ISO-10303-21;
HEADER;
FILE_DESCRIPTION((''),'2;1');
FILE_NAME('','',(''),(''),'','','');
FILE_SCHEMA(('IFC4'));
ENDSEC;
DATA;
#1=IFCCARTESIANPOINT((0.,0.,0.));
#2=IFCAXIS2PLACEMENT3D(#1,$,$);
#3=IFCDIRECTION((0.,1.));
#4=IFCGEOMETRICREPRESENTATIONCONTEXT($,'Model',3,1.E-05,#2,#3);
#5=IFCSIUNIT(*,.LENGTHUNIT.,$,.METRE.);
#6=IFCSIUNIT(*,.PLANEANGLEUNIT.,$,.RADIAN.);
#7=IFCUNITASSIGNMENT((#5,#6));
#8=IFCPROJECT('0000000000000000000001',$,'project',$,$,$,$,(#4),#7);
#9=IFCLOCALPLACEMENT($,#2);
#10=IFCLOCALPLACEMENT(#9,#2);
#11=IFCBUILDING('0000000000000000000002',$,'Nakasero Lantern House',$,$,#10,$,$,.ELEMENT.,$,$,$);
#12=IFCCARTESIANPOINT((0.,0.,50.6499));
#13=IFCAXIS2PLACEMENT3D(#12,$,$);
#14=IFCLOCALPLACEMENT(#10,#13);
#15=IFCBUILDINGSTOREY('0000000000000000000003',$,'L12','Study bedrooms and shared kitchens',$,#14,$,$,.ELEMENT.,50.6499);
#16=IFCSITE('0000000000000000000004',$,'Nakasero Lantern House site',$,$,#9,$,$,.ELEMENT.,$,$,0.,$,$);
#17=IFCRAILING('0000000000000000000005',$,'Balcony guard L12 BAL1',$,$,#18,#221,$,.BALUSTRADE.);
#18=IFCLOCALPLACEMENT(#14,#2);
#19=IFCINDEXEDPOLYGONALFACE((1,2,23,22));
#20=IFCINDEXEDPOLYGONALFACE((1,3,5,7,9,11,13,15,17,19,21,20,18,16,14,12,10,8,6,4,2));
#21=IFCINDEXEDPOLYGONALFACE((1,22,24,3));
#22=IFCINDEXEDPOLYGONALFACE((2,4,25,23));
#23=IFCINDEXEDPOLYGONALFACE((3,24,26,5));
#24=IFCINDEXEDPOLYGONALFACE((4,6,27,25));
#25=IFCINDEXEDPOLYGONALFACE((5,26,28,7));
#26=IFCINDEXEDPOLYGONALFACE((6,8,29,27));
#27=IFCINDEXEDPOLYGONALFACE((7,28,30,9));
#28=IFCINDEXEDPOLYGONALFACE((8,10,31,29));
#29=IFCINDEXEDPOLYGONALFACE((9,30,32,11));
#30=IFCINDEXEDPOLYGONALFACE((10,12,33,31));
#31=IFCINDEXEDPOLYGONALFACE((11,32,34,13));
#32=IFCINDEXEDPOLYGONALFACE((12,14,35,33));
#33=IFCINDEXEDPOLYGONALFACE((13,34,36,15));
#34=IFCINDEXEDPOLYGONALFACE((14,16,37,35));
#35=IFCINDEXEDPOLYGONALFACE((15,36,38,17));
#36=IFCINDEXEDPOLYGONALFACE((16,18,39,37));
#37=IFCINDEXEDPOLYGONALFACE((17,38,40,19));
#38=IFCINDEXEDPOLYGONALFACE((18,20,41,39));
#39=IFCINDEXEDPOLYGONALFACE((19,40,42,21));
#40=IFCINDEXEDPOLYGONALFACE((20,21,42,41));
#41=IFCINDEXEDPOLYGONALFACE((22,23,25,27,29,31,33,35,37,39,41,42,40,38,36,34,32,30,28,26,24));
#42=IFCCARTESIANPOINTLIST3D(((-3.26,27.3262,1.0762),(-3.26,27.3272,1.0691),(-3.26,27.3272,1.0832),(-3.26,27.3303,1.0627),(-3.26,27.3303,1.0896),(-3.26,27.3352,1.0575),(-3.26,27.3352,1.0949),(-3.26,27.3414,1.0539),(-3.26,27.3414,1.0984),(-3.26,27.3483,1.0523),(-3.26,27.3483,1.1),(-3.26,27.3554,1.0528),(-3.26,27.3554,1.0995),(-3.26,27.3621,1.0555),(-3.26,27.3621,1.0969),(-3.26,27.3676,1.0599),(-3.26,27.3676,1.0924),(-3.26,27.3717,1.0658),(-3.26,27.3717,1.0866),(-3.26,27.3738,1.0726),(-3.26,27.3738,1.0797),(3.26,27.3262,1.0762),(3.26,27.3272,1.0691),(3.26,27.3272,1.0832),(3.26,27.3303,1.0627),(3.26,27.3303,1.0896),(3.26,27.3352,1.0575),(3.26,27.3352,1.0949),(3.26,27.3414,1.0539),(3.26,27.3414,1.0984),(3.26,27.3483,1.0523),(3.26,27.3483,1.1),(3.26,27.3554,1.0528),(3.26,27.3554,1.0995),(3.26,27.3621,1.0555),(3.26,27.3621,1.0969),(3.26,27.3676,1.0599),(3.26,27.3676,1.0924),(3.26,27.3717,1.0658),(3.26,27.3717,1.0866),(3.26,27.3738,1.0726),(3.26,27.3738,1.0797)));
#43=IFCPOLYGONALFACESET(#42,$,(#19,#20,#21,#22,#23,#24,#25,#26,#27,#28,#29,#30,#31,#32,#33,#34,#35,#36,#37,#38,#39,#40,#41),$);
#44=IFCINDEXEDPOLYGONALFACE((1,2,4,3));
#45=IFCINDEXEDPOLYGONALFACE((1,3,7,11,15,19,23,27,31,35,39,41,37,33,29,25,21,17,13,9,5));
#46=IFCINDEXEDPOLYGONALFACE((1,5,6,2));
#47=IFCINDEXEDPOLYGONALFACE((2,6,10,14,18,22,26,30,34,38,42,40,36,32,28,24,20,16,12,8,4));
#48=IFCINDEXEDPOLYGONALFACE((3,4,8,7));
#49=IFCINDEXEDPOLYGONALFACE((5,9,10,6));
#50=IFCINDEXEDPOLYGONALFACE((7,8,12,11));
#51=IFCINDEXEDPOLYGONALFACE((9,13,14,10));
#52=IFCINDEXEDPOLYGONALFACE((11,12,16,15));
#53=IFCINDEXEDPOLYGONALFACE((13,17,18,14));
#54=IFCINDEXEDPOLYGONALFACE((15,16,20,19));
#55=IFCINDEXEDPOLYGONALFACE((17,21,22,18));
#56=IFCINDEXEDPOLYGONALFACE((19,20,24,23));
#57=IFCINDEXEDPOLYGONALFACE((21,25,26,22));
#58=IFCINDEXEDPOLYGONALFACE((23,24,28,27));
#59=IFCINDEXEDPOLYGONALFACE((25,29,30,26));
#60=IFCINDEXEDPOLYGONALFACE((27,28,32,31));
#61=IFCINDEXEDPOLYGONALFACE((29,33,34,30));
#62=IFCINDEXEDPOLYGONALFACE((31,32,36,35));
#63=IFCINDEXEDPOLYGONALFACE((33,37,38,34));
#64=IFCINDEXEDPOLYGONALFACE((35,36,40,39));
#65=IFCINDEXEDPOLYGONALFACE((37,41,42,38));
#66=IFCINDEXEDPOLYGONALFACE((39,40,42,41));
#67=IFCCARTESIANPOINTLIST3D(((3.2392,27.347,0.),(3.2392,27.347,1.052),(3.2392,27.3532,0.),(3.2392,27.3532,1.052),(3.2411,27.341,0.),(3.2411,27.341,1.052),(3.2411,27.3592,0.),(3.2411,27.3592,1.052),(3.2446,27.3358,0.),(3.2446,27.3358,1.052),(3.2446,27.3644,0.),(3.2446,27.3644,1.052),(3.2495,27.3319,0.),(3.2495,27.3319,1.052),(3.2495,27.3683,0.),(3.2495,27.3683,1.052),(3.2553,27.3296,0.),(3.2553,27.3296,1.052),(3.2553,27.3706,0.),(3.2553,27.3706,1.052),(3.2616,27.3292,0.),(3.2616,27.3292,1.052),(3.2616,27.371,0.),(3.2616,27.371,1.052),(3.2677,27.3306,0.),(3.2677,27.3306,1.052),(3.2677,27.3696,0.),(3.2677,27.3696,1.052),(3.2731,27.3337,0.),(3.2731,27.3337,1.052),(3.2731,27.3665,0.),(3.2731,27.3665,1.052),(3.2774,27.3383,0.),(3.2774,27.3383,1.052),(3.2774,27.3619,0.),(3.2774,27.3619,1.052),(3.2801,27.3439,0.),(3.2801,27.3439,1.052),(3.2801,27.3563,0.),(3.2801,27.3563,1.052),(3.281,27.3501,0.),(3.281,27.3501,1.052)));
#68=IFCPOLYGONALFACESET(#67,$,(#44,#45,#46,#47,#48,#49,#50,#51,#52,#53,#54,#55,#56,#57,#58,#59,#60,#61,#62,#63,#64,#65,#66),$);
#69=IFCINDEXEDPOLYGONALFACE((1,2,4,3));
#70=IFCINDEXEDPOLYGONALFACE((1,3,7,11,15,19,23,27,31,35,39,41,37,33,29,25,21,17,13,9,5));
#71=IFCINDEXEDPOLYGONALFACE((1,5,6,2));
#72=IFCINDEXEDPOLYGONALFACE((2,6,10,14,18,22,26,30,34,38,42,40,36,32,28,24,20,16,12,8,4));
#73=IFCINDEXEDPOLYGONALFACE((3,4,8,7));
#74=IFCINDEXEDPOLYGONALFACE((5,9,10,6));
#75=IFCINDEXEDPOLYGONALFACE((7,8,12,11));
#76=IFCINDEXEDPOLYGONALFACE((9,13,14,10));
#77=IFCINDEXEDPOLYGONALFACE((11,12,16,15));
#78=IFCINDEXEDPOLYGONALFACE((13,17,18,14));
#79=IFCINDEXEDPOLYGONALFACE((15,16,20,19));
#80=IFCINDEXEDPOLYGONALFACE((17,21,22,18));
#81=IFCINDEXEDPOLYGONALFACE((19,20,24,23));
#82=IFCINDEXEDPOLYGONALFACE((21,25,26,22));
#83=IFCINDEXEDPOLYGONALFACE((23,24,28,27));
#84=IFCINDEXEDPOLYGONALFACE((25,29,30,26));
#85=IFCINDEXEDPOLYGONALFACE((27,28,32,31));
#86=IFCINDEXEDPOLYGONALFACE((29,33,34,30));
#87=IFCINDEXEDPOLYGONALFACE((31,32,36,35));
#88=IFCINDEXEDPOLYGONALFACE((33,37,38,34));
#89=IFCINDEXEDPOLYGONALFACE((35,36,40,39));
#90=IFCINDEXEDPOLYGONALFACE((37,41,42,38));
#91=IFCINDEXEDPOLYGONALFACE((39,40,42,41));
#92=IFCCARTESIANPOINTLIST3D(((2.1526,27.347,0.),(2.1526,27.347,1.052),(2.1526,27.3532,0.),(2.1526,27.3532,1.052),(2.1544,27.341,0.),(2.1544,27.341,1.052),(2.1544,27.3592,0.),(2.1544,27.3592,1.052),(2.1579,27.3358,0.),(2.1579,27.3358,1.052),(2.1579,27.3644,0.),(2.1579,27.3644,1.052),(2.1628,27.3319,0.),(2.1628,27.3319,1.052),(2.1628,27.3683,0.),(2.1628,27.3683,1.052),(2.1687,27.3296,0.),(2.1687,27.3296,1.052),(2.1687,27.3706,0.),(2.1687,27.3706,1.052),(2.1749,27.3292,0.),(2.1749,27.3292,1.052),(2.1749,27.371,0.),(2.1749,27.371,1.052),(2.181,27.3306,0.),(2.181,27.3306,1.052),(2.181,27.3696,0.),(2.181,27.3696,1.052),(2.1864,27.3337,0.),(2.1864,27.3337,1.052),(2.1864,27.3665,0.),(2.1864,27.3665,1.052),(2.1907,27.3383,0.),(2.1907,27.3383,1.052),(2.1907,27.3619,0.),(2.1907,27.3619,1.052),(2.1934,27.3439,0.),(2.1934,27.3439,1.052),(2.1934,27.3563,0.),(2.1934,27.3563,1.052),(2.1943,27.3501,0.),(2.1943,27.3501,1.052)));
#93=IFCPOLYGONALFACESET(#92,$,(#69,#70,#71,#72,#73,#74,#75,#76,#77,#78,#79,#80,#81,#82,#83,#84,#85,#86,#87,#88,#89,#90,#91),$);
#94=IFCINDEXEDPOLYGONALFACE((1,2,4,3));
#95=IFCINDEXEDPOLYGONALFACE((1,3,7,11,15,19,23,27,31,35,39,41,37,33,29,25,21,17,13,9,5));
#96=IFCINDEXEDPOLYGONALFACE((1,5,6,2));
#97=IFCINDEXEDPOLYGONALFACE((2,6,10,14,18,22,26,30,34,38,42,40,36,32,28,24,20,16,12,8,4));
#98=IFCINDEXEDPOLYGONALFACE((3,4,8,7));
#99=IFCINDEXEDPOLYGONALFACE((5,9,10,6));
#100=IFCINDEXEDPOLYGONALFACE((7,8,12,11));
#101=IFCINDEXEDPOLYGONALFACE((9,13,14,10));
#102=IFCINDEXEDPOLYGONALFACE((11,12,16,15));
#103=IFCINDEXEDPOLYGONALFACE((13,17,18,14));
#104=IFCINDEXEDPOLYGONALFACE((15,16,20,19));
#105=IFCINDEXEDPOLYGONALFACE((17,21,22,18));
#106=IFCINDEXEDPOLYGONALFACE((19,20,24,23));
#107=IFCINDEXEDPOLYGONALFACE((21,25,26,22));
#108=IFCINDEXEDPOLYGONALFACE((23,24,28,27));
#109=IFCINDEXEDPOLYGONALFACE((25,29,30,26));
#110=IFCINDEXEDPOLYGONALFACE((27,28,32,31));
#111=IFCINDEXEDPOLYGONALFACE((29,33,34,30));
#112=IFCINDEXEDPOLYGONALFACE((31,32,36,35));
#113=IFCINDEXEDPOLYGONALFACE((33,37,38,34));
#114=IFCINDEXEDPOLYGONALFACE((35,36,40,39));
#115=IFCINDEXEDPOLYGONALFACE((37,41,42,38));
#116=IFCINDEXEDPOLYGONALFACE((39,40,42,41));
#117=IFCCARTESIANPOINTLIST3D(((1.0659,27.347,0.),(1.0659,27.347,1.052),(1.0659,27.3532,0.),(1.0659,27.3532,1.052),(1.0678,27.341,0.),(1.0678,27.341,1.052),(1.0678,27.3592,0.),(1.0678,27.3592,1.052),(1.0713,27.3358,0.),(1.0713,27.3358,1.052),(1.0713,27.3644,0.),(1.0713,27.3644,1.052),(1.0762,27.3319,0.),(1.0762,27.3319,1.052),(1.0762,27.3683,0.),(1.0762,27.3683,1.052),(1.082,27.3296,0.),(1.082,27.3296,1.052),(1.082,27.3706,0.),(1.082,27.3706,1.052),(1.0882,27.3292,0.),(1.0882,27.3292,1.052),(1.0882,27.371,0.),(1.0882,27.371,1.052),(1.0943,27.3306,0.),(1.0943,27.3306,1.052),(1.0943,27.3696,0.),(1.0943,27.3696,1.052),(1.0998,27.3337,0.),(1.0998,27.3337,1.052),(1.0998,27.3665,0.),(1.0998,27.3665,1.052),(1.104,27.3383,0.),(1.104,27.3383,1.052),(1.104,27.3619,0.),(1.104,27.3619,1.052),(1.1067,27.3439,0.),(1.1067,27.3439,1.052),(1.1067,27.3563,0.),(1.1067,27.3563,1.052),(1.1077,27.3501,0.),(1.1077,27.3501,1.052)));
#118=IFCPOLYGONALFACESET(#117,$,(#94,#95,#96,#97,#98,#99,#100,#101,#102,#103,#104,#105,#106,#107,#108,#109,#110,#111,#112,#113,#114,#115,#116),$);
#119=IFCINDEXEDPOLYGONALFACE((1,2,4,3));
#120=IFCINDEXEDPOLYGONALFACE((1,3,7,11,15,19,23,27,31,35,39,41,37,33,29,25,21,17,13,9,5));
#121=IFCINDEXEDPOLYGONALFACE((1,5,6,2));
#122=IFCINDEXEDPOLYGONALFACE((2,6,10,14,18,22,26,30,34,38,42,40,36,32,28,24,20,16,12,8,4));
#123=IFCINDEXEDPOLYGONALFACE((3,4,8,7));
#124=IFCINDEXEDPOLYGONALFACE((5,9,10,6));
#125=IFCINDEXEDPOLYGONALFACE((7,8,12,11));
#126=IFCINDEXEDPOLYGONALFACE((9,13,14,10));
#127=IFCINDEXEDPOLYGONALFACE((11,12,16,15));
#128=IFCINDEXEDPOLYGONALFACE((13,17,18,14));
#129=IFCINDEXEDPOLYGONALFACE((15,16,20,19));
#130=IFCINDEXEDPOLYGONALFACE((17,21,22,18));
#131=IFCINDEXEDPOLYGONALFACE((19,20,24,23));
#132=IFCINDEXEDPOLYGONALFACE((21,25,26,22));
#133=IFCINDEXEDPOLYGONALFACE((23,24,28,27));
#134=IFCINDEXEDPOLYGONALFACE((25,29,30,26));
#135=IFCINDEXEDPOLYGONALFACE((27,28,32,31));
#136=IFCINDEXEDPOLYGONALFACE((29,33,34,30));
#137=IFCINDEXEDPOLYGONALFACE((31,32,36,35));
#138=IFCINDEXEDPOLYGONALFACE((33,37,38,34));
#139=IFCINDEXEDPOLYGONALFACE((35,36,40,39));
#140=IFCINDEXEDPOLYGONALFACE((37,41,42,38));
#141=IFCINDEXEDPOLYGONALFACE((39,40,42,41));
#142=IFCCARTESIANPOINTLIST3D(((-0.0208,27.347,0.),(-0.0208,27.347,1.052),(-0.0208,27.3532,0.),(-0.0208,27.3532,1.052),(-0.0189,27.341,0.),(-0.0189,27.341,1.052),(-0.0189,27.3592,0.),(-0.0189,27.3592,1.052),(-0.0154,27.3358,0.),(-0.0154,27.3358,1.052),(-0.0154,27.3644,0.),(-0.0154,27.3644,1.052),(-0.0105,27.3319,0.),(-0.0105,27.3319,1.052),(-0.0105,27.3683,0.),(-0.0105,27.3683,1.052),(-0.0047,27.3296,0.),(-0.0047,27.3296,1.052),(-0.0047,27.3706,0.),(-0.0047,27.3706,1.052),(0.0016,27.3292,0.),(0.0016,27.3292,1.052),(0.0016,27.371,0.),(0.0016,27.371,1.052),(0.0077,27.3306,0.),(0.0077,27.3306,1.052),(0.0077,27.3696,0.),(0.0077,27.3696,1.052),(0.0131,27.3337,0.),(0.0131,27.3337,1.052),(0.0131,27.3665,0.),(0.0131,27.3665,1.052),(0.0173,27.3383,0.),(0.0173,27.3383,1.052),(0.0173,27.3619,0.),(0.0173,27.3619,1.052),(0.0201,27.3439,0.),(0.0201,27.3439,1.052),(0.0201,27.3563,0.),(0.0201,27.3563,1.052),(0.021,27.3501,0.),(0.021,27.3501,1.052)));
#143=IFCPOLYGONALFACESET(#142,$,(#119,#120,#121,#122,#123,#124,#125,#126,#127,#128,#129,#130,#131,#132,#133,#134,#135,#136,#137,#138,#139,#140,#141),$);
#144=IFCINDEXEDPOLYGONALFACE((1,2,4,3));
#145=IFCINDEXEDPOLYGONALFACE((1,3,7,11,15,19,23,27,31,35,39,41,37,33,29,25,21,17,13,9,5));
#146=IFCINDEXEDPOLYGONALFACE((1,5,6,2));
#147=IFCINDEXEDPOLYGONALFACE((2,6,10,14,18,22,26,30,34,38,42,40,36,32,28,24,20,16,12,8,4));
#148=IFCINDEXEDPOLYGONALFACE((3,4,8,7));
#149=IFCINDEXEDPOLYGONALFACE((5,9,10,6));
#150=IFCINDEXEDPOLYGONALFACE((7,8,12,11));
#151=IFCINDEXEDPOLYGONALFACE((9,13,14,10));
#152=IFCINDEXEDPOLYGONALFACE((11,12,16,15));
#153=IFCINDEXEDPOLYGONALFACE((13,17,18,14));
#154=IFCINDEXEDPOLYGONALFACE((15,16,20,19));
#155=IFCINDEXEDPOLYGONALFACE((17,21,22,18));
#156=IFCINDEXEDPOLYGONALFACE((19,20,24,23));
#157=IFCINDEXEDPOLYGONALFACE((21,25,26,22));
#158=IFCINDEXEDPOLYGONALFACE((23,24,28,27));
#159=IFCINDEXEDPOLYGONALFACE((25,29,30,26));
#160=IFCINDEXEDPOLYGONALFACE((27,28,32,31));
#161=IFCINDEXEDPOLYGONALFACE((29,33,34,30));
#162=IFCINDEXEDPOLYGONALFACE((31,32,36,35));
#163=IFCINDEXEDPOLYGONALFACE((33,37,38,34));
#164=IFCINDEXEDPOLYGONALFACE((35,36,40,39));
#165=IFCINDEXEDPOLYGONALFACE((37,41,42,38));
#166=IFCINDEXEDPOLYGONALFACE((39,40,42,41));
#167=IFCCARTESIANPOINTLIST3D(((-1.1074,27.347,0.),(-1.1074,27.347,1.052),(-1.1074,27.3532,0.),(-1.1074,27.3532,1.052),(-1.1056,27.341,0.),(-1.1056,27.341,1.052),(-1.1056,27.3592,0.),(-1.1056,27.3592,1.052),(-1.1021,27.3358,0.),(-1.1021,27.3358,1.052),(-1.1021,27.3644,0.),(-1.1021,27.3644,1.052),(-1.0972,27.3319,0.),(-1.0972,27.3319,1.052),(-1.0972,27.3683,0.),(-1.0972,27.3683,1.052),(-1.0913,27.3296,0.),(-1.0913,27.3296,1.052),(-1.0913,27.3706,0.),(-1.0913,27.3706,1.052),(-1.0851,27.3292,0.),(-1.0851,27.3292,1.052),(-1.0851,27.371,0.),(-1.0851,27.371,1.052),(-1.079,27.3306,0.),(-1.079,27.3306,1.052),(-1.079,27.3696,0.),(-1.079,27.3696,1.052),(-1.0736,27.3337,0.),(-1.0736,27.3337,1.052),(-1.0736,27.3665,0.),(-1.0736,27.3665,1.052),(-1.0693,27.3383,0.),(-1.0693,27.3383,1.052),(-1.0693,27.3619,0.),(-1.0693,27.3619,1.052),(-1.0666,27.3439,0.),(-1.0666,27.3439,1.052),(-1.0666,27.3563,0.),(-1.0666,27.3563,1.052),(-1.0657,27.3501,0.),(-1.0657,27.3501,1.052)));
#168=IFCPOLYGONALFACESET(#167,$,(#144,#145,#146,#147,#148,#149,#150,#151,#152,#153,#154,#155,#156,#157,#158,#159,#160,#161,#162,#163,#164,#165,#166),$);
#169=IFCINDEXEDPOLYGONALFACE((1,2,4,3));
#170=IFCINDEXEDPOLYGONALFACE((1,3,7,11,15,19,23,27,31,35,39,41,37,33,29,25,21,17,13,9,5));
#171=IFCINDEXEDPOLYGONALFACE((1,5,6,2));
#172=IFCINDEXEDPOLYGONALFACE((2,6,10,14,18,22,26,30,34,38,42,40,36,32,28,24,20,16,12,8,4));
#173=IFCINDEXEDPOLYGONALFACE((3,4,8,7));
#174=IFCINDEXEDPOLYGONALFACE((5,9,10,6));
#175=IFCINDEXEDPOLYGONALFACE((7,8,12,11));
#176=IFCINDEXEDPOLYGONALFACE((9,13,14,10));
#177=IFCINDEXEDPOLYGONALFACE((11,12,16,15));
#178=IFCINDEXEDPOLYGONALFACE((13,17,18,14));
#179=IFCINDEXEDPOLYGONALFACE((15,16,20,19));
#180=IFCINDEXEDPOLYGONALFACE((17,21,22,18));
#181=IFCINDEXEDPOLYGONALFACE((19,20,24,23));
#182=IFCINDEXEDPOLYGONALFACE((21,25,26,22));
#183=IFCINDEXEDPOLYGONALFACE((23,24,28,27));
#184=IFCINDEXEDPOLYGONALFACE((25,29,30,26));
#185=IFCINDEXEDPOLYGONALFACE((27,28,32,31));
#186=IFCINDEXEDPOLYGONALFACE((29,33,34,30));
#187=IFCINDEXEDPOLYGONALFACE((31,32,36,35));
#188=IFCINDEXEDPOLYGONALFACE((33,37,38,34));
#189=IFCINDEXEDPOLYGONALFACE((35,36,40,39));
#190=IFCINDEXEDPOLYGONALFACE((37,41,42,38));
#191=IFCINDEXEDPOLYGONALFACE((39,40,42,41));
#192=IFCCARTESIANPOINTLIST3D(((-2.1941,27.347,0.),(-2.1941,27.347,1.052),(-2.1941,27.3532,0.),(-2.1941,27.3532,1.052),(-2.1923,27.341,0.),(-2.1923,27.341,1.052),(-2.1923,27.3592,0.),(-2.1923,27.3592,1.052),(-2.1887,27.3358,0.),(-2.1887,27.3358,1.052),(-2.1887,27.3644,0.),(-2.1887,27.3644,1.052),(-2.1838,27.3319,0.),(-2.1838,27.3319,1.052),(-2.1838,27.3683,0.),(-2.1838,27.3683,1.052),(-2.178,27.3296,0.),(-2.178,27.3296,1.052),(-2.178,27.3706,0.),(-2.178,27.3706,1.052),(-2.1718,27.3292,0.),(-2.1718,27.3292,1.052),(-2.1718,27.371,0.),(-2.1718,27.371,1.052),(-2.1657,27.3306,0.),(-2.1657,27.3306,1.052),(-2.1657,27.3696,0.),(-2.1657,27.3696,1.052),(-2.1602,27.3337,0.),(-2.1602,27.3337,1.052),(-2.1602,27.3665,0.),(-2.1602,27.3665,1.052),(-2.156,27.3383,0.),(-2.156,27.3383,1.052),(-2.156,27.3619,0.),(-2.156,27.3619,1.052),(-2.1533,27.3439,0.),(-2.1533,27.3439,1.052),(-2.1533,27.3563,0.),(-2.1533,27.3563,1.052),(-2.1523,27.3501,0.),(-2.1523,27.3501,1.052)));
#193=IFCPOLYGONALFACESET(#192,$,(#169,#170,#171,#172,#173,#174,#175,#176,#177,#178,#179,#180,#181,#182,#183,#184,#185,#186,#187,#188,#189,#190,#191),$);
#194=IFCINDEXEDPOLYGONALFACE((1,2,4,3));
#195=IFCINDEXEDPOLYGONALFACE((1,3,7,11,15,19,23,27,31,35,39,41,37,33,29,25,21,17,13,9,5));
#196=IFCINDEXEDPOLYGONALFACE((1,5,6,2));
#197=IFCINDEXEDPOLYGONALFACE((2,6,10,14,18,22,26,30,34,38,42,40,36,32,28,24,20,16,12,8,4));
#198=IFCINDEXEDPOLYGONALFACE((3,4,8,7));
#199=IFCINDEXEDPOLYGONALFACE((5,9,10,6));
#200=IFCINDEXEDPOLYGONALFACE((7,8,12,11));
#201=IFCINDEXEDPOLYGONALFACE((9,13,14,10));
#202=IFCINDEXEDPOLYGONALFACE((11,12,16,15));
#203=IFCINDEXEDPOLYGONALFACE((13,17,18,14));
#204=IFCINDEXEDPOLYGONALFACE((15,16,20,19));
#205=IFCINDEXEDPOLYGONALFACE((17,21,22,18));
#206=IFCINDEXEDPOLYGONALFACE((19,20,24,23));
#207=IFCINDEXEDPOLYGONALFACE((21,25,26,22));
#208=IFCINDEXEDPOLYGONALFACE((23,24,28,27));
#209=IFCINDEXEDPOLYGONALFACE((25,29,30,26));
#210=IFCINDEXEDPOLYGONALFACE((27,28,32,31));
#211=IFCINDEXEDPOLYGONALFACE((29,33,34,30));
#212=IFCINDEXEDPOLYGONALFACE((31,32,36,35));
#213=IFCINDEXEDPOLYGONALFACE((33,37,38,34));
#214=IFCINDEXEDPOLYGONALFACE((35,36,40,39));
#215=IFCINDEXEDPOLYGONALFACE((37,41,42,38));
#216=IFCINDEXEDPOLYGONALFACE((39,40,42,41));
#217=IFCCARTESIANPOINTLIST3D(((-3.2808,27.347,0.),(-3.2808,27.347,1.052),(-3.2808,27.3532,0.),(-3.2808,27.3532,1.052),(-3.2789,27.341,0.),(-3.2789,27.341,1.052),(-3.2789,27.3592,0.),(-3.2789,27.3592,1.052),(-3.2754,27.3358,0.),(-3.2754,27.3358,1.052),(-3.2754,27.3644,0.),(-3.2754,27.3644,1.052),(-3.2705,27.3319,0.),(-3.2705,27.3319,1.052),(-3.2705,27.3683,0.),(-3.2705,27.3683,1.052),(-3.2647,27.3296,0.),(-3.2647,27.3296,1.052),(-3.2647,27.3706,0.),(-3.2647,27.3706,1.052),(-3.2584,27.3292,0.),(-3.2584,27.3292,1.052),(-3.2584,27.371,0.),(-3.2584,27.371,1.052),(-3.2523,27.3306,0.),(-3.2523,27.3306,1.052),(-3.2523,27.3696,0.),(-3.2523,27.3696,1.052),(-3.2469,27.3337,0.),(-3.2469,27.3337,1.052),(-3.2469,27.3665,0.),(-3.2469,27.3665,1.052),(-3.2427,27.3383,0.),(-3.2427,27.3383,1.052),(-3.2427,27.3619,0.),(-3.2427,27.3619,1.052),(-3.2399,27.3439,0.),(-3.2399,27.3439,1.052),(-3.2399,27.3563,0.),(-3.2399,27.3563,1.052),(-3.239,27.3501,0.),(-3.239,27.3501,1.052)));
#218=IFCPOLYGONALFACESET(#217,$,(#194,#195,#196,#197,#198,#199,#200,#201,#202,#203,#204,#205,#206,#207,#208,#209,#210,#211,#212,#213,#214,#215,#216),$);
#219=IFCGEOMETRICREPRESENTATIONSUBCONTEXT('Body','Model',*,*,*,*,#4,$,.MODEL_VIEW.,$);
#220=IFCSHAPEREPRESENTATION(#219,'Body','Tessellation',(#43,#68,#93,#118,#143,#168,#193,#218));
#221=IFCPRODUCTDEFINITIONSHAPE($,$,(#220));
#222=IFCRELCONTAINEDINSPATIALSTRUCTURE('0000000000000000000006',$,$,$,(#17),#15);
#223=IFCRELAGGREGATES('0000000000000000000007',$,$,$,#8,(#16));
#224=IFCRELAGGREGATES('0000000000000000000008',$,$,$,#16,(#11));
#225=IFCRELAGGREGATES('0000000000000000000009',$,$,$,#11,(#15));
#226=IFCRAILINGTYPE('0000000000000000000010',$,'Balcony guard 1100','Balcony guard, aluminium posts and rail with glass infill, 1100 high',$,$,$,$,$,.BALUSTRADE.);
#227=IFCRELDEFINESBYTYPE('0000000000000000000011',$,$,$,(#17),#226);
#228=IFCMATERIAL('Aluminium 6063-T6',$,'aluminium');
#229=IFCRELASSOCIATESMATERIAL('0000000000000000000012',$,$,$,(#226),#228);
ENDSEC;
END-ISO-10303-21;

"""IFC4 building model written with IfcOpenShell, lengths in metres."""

from ifc_helpers import new_model, si_unit, direction, frame, origin, origin_2d, place, context, subcontext, project, spatial, circle, extrude, material, type_object, element, save


model = new_model("IFC4")

# Units and contexts
model_context = context("Model", 3, precision=1e-05, world=origin(), true_north=direction((0.0, 1.0)))
body_context = subcontext(model_context, "Body", "Model", "MODEL_VIEW")
ifc_project = project(units=[si_unit("LENGTHUNIT", "METRE"), si_unit("PLANEANGLEUNIT", "RADIAN")], contexts=[model_context])

# Site, building, storey
site_placement = place(None, origin())
site = spatial("IfcSite", under=ifc_project, at=site_placement, Name="Nakasero Lantern House site", CompositionType="ELEMENT", RefElevation=0.0)
building_placement = place(site_placement, origin())
building = spatial("IfcBuilding", under=site, at=building_placement, Name="Nakasero Lantern House", CompositionType="ELEMENT")
storey_placement = place(building_placement, frame((0.0, 0.0, 50.6499)))
storey = spatial("IfcBuildingStorey", under=building, at=storey_placement, Name="L12", Description="Study bedrooms and shared kitchens", CompositionType="ELEMENT", Elevation=50.6499)

# Railing
ifc_material_1 = material(Name="Aluminium 6063-T6", Category="aluminium")
railing_type = type_object("IfcRailingType", Name="Balcony guard 1100", Description="Balcony guard, aluminium posts and rail with glass infill, 1100 high", PredefinedType="BALUSTRADE", material=ifc_material_1)
railing_placement = place(storey_placement, frame((3.26, 27.3501, 0.0)))
element("IfcRailing", 1, at=railing_placement, inside=storey, type_object=railing_type, Name="Balcony guard L12 BAL1", PredefinedType="BALUSTRADE", context=body_context, shape_type="SweptSolid", body=[
    extrude(circle(Radius=0.0239, at=origin_2d()), frame((0.0, 0.0, 1.0762), z_axis=(-1.0, 0.0, 0.0), x_axis=(0.0, -1.0, 0.0)), (0.0, 0.0, 1.0), 6.52),
    extrude(circle(Radius=0.021, at=origin_2d()), origin(), (0.0, 0.0, 1.0), 1.052),
    extrude(circle(Radius=0.021, at=origin_2d()), frame((-1.0867, 0.0, 0.0)), (0.0, 0.0, 1.0), 1.052),
    extrude(circle(Radius=0.021, at=origin_2d()), frame((-2.1733, 0.0, 0.0)), (0.0, 0.0, 1.0), 1.052),
    extrude(circle(Radius=0.021, at=origin_2d()), frame((-3.26, 0.0, 0.0)), (0.0, 0.0, 1.0), 1.052),
    extrude(circle(Radius=0.021, at=origin_2d()), frame((-4.3467, 0.0, 0.0)), (0.0, 0.0, 1.0), 1.052),
    extrude(circle(Radius=0.021, at=origin_2d()), frame((-5.4333, 0.0, 0.0)), (0.0, 0.0, 1.0), 1.052),
    extrude(circle(Radius=0.021, at=origin_2d()), frame((-6.52, 0.0, 0.0)), (0.0, 0.0, 1.0), 1.052),
])

save(model, "model.ifc")
